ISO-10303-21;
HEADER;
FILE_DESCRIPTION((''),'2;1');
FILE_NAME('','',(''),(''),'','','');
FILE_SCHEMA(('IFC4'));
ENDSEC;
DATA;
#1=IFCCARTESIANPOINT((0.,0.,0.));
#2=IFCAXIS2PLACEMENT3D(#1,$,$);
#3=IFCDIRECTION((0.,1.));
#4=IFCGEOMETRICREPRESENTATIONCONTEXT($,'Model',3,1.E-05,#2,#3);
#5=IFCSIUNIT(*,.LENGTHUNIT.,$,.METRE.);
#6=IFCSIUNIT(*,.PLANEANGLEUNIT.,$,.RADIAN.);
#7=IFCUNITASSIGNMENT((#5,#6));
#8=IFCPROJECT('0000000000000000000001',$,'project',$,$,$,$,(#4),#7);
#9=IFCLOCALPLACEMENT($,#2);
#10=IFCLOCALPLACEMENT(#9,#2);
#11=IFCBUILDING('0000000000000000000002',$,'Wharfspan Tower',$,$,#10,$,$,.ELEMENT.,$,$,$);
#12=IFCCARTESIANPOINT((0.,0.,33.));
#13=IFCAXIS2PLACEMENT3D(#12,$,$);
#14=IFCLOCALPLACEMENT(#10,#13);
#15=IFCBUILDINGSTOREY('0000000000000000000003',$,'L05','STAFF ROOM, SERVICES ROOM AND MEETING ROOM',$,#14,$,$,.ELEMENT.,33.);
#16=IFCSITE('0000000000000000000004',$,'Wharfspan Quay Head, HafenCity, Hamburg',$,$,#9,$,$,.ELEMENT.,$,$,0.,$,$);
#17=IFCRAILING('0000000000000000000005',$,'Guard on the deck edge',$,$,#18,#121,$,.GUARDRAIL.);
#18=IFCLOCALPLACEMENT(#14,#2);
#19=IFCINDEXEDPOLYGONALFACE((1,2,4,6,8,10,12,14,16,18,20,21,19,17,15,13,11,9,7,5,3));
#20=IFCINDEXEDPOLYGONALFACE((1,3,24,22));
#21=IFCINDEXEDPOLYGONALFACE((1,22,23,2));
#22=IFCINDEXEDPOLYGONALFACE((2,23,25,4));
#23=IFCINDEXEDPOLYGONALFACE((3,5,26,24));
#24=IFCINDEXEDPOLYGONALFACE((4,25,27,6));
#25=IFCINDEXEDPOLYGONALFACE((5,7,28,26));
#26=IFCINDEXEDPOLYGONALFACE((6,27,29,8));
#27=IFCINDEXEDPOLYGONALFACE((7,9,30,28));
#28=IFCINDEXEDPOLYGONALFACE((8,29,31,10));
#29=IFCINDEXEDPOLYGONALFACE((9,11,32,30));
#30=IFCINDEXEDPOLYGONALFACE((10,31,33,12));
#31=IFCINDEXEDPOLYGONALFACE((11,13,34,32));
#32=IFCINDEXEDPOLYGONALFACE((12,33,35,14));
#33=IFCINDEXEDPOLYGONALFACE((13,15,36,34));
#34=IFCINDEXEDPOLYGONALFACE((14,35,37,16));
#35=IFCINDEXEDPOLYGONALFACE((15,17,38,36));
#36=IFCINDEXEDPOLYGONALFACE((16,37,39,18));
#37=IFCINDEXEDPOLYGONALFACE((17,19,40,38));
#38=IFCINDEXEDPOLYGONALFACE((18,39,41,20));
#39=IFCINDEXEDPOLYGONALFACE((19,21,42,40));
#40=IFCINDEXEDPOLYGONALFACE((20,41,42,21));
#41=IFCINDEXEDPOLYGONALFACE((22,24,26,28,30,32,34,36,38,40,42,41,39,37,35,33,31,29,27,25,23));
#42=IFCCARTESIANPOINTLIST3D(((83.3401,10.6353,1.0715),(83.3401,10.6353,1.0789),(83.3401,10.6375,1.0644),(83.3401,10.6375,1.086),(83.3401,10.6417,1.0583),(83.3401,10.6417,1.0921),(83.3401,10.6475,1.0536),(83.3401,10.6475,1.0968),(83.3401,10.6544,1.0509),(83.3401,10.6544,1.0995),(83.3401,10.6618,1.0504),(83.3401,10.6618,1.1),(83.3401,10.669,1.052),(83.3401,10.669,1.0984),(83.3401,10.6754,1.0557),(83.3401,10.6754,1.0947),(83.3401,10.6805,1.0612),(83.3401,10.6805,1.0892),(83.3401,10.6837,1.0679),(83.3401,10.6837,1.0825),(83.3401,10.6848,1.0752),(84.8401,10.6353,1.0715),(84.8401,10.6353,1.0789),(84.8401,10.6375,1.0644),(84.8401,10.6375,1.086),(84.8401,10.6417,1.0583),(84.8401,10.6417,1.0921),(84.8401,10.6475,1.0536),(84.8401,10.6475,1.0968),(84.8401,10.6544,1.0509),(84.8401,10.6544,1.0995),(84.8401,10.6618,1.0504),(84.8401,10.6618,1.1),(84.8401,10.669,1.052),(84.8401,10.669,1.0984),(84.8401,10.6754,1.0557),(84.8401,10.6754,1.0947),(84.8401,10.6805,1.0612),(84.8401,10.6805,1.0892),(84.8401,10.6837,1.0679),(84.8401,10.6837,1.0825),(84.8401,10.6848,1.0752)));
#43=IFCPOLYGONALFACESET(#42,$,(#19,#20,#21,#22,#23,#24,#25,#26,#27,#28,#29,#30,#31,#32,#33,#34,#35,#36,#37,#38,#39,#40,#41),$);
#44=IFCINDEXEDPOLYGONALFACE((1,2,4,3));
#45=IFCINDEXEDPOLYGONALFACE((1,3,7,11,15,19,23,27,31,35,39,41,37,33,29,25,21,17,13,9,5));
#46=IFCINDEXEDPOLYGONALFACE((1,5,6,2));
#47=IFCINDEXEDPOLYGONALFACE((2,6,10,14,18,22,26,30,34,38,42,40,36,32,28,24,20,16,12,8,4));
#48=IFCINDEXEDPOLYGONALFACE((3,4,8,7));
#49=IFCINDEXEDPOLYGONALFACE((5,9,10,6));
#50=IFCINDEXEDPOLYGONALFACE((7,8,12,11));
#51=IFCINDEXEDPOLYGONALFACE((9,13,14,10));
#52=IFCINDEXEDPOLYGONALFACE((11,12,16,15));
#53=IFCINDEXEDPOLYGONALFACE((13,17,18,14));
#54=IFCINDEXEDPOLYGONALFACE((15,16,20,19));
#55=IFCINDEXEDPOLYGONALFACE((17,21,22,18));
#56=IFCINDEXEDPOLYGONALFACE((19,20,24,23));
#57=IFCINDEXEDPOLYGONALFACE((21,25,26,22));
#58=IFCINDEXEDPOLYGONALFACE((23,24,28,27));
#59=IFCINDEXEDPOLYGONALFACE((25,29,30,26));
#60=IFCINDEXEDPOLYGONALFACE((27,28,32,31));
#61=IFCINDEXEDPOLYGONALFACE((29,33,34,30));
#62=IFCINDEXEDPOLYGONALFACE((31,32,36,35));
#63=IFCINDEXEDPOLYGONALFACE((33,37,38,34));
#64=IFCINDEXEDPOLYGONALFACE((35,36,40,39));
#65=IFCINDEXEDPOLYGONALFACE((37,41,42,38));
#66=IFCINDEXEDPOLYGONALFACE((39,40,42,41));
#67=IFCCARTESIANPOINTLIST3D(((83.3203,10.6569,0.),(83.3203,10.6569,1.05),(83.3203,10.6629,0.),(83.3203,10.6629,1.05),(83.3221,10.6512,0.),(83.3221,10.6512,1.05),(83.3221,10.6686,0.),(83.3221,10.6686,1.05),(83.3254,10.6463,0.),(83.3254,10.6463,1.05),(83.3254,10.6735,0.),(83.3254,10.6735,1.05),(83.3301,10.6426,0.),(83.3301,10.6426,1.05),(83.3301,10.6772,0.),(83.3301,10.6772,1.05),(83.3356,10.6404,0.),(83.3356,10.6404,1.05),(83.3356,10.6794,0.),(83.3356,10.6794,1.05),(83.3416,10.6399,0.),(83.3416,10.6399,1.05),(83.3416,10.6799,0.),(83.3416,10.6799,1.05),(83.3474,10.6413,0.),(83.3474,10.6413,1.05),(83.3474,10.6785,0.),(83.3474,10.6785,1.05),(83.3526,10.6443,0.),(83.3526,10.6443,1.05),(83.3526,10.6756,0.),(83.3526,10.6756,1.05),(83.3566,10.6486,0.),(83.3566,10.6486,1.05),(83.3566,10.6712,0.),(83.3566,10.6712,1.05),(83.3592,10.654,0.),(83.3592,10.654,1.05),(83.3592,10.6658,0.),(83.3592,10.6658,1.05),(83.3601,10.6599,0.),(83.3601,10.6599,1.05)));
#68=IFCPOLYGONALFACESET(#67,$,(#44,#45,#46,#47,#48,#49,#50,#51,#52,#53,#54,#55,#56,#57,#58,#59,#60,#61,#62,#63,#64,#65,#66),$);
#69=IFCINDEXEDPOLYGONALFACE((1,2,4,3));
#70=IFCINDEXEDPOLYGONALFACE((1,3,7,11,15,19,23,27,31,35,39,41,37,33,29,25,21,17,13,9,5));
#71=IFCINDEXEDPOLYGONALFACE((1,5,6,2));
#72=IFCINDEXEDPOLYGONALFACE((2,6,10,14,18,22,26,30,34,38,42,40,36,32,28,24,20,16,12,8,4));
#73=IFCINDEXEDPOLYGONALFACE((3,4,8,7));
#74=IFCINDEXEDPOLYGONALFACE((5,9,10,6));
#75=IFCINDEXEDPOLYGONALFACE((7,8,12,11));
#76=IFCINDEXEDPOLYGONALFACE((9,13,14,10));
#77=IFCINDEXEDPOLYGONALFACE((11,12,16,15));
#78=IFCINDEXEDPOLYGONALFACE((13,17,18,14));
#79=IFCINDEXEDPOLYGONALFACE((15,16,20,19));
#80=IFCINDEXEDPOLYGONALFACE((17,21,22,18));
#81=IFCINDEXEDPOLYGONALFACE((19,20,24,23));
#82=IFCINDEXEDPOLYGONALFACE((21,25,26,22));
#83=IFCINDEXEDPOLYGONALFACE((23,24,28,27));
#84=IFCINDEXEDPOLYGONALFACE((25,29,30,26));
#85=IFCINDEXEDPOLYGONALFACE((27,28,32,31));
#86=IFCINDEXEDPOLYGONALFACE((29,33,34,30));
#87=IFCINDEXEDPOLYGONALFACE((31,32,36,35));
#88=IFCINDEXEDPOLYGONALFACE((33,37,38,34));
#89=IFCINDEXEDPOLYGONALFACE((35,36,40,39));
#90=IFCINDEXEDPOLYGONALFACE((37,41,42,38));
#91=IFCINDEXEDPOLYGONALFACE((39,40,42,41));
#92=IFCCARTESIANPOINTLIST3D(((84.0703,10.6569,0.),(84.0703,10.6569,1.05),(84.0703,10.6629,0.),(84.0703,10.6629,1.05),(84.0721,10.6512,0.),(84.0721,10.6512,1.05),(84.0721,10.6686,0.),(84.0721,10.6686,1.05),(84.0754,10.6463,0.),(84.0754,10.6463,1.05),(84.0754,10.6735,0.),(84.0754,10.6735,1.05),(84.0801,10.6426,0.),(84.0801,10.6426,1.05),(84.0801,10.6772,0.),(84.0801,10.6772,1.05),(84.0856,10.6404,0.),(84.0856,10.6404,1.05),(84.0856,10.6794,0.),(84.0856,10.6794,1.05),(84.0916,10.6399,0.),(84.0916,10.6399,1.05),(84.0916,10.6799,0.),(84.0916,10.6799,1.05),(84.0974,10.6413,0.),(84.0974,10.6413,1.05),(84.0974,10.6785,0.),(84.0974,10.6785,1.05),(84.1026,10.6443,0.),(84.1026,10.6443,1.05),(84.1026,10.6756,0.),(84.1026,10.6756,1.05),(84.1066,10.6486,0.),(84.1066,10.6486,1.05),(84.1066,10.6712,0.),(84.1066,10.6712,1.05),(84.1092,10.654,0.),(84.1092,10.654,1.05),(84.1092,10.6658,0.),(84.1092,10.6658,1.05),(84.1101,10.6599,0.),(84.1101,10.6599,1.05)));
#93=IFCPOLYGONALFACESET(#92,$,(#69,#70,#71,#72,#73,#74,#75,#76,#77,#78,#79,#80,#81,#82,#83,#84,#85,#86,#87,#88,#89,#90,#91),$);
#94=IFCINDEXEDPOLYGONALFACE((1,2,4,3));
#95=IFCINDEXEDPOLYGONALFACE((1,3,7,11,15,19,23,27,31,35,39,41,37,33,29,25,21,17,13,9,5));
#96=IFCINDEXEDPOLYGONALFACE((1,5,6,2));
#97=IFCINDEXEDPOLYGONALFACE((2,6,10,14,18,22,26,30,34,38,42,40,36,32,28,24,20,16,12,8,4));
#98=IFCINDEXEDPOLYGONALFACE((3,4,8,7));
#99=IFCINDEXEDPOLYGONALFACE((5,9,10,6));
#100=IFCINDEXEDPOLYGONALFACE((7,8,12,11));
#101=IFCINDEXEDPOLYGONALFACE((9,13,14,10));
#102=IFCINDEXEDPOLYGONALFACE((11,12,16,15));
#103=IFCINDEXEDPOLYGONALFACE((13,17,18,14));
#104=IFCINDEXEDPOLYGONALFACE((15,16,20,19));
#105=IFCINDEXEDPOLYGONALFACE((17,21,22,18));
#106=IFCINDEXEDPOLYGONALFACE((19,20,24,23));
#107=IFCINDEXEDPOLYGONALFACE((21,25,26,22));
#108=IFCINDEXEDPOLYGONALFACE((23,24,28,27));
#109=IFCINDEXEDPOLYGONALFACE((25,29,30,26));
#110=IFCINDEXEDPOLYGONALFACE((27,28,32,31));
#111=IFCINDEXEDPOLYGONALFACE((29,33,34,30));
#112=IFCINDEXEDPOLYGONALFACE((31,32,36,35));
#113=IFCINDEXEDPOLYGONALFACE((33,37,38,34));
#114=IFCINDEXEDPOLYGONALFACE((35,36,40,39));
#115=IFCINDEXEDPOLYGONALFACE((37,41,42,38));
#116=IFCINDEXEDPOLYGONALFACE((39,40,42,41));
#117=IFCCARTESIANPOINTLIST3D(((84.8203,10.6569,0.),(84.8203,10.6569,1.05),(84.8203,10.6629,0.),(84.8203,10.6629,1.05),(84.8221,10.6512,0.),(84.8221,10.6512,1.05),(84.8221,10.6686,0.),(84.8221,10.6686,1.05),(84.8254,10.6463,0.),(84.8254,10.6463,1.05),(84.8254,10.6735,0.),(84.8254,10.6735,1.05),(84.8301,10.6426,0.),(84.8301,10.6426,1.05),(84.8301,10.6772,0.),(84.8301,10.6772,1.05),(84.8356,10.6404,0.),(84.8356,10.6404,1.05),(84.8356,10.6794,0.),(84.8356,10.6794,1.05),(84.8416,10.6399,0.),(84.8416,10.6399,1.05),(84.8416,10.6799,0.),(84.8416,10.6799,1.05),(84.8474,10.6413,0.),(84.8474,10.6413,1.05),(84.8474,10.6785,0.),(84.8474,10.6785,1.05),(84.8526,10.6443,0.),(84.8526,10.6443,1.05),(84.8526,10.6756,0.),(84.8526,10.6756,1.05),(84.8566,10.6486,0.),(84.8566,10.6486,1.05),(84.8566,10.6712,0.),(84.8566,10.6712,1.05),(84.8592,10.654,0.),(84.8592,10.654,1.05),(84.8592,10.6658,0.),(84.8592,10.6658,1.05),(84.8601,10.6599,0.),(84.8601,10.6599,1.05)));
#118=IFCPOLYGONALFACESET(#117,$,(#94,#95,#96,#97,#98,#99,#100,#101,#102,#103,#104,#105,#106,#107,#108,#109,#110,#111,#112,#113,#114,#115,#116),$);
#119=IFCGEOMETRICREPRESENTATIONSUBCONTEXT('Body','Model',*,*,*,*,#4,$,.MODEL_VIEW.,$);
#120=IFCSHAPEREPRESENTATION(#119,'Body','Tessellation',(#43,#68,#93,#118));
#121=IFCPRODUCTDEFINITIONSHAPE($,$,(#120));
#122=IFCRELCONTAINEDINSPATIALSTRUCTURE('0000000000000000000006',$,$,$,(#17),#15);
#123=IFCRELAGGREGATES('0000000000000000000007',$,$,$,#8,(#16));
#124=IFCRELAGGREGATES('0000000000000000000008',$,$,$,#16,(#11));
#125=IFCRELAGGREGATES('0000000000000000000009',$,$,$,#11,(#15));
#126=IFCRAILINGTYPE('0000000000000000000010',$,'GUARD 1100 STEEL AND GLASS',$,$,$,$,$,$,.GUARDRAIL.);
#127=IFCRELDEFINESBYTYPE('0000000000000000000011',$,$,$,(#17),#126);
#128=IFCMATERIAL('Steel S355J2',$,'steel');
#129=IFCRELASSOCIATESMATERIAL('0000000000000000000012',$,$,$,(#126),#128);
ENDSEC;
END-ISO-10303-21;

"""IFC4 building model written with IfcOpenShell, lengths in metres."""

from ifc_helpers import new_model, si_unit, direction, frame, origin, origin_2d, place, context, subcontext, project, spatial, circle, extrude, material, type_object, element, save


model = new_model("IFC4")

# Units and contexts
model_context = context("Model", 3, precision=1e-05, world=origin(), true_north=direction((0.0, 1.0)))
body_context = subcontext(model_context, "Body", "Model", "MODEL_VIEW")
ifc_project = project(units=[si_unit("LENGTHUNIT", "METRE"), si_unit("PLANEANGLEUNIT", "RADIAN")], contexts=[model_context])

# Site, building, storey
site_placement = place(None, origin())
site = spatial("IfcSite", under=ifc_project, at=site_placement, Name="Wharfspan Quay Head, HafenCity, Hamburg", CompositionType="ELEMENT", RefElevation=0.0)
building_placement = place(site_placement, origin())
building = spatial("IfcBuilding", under=site, at=building_placement, Name="Wharfspan Tower", CompositionType="ELEMENT")
storey_placement = place(building_placement, frame((0.0, 0.0, 33.0)))
storey = spatial("IfcBuildingStorey", under=building, at=storey_placement, Name="L05", Description="STAFF ROOM, SERVICES ROOM AND MEETING ROOM", CompositionType="ELEMENT", Elevation=33.0)

# Railing
ifc_material_1 = material(Name="Steel S355J2", Category="steel")
railing_type = type_object("IfcRailingType", Name="GUARD 1100 STEEL AND GLASS", PredefinedType="GUARDRAIL", material=ifc_material_1)
railing_1_placement = place(storey_placement, frame((83.3401, 10.6599, 0.0)))
element("IfcRailing", 1, at=railing_1_placement, inside=storey, type_object=railing_type, Name="Guard on the deck edge", PredefinedType="GUARDRAIL", context=body_context, shape_type="SweptSolid", body=[
    extrude(circle(Radius=0.0249, at=origin_2d()), frame((0.0, 0.0, 1.0752), z_axis=(1.0, 0.0, 0.0), x_axis=(0.0, 1.0, 0.0)), (0.0, 0.0, 1.0), 1.5),
    extrude(circle(Radius=0.02, at=origin_2d()), origin(), (0.0, 0.0, 1.0), 1.05),
    extrude(circle(Radius=0.02, at=origin_2d()), frame((0.75, 0.0, 0.0)), (0.0, 0.0, 1.0), 1.05),
    extrude(circle(Radius=0.02, at=origin_2d()), frame((1.5, 0.0, 0.0)), (0.0, 0.0, 1.0), 1.05),
])

save(model, "model.ifc")
